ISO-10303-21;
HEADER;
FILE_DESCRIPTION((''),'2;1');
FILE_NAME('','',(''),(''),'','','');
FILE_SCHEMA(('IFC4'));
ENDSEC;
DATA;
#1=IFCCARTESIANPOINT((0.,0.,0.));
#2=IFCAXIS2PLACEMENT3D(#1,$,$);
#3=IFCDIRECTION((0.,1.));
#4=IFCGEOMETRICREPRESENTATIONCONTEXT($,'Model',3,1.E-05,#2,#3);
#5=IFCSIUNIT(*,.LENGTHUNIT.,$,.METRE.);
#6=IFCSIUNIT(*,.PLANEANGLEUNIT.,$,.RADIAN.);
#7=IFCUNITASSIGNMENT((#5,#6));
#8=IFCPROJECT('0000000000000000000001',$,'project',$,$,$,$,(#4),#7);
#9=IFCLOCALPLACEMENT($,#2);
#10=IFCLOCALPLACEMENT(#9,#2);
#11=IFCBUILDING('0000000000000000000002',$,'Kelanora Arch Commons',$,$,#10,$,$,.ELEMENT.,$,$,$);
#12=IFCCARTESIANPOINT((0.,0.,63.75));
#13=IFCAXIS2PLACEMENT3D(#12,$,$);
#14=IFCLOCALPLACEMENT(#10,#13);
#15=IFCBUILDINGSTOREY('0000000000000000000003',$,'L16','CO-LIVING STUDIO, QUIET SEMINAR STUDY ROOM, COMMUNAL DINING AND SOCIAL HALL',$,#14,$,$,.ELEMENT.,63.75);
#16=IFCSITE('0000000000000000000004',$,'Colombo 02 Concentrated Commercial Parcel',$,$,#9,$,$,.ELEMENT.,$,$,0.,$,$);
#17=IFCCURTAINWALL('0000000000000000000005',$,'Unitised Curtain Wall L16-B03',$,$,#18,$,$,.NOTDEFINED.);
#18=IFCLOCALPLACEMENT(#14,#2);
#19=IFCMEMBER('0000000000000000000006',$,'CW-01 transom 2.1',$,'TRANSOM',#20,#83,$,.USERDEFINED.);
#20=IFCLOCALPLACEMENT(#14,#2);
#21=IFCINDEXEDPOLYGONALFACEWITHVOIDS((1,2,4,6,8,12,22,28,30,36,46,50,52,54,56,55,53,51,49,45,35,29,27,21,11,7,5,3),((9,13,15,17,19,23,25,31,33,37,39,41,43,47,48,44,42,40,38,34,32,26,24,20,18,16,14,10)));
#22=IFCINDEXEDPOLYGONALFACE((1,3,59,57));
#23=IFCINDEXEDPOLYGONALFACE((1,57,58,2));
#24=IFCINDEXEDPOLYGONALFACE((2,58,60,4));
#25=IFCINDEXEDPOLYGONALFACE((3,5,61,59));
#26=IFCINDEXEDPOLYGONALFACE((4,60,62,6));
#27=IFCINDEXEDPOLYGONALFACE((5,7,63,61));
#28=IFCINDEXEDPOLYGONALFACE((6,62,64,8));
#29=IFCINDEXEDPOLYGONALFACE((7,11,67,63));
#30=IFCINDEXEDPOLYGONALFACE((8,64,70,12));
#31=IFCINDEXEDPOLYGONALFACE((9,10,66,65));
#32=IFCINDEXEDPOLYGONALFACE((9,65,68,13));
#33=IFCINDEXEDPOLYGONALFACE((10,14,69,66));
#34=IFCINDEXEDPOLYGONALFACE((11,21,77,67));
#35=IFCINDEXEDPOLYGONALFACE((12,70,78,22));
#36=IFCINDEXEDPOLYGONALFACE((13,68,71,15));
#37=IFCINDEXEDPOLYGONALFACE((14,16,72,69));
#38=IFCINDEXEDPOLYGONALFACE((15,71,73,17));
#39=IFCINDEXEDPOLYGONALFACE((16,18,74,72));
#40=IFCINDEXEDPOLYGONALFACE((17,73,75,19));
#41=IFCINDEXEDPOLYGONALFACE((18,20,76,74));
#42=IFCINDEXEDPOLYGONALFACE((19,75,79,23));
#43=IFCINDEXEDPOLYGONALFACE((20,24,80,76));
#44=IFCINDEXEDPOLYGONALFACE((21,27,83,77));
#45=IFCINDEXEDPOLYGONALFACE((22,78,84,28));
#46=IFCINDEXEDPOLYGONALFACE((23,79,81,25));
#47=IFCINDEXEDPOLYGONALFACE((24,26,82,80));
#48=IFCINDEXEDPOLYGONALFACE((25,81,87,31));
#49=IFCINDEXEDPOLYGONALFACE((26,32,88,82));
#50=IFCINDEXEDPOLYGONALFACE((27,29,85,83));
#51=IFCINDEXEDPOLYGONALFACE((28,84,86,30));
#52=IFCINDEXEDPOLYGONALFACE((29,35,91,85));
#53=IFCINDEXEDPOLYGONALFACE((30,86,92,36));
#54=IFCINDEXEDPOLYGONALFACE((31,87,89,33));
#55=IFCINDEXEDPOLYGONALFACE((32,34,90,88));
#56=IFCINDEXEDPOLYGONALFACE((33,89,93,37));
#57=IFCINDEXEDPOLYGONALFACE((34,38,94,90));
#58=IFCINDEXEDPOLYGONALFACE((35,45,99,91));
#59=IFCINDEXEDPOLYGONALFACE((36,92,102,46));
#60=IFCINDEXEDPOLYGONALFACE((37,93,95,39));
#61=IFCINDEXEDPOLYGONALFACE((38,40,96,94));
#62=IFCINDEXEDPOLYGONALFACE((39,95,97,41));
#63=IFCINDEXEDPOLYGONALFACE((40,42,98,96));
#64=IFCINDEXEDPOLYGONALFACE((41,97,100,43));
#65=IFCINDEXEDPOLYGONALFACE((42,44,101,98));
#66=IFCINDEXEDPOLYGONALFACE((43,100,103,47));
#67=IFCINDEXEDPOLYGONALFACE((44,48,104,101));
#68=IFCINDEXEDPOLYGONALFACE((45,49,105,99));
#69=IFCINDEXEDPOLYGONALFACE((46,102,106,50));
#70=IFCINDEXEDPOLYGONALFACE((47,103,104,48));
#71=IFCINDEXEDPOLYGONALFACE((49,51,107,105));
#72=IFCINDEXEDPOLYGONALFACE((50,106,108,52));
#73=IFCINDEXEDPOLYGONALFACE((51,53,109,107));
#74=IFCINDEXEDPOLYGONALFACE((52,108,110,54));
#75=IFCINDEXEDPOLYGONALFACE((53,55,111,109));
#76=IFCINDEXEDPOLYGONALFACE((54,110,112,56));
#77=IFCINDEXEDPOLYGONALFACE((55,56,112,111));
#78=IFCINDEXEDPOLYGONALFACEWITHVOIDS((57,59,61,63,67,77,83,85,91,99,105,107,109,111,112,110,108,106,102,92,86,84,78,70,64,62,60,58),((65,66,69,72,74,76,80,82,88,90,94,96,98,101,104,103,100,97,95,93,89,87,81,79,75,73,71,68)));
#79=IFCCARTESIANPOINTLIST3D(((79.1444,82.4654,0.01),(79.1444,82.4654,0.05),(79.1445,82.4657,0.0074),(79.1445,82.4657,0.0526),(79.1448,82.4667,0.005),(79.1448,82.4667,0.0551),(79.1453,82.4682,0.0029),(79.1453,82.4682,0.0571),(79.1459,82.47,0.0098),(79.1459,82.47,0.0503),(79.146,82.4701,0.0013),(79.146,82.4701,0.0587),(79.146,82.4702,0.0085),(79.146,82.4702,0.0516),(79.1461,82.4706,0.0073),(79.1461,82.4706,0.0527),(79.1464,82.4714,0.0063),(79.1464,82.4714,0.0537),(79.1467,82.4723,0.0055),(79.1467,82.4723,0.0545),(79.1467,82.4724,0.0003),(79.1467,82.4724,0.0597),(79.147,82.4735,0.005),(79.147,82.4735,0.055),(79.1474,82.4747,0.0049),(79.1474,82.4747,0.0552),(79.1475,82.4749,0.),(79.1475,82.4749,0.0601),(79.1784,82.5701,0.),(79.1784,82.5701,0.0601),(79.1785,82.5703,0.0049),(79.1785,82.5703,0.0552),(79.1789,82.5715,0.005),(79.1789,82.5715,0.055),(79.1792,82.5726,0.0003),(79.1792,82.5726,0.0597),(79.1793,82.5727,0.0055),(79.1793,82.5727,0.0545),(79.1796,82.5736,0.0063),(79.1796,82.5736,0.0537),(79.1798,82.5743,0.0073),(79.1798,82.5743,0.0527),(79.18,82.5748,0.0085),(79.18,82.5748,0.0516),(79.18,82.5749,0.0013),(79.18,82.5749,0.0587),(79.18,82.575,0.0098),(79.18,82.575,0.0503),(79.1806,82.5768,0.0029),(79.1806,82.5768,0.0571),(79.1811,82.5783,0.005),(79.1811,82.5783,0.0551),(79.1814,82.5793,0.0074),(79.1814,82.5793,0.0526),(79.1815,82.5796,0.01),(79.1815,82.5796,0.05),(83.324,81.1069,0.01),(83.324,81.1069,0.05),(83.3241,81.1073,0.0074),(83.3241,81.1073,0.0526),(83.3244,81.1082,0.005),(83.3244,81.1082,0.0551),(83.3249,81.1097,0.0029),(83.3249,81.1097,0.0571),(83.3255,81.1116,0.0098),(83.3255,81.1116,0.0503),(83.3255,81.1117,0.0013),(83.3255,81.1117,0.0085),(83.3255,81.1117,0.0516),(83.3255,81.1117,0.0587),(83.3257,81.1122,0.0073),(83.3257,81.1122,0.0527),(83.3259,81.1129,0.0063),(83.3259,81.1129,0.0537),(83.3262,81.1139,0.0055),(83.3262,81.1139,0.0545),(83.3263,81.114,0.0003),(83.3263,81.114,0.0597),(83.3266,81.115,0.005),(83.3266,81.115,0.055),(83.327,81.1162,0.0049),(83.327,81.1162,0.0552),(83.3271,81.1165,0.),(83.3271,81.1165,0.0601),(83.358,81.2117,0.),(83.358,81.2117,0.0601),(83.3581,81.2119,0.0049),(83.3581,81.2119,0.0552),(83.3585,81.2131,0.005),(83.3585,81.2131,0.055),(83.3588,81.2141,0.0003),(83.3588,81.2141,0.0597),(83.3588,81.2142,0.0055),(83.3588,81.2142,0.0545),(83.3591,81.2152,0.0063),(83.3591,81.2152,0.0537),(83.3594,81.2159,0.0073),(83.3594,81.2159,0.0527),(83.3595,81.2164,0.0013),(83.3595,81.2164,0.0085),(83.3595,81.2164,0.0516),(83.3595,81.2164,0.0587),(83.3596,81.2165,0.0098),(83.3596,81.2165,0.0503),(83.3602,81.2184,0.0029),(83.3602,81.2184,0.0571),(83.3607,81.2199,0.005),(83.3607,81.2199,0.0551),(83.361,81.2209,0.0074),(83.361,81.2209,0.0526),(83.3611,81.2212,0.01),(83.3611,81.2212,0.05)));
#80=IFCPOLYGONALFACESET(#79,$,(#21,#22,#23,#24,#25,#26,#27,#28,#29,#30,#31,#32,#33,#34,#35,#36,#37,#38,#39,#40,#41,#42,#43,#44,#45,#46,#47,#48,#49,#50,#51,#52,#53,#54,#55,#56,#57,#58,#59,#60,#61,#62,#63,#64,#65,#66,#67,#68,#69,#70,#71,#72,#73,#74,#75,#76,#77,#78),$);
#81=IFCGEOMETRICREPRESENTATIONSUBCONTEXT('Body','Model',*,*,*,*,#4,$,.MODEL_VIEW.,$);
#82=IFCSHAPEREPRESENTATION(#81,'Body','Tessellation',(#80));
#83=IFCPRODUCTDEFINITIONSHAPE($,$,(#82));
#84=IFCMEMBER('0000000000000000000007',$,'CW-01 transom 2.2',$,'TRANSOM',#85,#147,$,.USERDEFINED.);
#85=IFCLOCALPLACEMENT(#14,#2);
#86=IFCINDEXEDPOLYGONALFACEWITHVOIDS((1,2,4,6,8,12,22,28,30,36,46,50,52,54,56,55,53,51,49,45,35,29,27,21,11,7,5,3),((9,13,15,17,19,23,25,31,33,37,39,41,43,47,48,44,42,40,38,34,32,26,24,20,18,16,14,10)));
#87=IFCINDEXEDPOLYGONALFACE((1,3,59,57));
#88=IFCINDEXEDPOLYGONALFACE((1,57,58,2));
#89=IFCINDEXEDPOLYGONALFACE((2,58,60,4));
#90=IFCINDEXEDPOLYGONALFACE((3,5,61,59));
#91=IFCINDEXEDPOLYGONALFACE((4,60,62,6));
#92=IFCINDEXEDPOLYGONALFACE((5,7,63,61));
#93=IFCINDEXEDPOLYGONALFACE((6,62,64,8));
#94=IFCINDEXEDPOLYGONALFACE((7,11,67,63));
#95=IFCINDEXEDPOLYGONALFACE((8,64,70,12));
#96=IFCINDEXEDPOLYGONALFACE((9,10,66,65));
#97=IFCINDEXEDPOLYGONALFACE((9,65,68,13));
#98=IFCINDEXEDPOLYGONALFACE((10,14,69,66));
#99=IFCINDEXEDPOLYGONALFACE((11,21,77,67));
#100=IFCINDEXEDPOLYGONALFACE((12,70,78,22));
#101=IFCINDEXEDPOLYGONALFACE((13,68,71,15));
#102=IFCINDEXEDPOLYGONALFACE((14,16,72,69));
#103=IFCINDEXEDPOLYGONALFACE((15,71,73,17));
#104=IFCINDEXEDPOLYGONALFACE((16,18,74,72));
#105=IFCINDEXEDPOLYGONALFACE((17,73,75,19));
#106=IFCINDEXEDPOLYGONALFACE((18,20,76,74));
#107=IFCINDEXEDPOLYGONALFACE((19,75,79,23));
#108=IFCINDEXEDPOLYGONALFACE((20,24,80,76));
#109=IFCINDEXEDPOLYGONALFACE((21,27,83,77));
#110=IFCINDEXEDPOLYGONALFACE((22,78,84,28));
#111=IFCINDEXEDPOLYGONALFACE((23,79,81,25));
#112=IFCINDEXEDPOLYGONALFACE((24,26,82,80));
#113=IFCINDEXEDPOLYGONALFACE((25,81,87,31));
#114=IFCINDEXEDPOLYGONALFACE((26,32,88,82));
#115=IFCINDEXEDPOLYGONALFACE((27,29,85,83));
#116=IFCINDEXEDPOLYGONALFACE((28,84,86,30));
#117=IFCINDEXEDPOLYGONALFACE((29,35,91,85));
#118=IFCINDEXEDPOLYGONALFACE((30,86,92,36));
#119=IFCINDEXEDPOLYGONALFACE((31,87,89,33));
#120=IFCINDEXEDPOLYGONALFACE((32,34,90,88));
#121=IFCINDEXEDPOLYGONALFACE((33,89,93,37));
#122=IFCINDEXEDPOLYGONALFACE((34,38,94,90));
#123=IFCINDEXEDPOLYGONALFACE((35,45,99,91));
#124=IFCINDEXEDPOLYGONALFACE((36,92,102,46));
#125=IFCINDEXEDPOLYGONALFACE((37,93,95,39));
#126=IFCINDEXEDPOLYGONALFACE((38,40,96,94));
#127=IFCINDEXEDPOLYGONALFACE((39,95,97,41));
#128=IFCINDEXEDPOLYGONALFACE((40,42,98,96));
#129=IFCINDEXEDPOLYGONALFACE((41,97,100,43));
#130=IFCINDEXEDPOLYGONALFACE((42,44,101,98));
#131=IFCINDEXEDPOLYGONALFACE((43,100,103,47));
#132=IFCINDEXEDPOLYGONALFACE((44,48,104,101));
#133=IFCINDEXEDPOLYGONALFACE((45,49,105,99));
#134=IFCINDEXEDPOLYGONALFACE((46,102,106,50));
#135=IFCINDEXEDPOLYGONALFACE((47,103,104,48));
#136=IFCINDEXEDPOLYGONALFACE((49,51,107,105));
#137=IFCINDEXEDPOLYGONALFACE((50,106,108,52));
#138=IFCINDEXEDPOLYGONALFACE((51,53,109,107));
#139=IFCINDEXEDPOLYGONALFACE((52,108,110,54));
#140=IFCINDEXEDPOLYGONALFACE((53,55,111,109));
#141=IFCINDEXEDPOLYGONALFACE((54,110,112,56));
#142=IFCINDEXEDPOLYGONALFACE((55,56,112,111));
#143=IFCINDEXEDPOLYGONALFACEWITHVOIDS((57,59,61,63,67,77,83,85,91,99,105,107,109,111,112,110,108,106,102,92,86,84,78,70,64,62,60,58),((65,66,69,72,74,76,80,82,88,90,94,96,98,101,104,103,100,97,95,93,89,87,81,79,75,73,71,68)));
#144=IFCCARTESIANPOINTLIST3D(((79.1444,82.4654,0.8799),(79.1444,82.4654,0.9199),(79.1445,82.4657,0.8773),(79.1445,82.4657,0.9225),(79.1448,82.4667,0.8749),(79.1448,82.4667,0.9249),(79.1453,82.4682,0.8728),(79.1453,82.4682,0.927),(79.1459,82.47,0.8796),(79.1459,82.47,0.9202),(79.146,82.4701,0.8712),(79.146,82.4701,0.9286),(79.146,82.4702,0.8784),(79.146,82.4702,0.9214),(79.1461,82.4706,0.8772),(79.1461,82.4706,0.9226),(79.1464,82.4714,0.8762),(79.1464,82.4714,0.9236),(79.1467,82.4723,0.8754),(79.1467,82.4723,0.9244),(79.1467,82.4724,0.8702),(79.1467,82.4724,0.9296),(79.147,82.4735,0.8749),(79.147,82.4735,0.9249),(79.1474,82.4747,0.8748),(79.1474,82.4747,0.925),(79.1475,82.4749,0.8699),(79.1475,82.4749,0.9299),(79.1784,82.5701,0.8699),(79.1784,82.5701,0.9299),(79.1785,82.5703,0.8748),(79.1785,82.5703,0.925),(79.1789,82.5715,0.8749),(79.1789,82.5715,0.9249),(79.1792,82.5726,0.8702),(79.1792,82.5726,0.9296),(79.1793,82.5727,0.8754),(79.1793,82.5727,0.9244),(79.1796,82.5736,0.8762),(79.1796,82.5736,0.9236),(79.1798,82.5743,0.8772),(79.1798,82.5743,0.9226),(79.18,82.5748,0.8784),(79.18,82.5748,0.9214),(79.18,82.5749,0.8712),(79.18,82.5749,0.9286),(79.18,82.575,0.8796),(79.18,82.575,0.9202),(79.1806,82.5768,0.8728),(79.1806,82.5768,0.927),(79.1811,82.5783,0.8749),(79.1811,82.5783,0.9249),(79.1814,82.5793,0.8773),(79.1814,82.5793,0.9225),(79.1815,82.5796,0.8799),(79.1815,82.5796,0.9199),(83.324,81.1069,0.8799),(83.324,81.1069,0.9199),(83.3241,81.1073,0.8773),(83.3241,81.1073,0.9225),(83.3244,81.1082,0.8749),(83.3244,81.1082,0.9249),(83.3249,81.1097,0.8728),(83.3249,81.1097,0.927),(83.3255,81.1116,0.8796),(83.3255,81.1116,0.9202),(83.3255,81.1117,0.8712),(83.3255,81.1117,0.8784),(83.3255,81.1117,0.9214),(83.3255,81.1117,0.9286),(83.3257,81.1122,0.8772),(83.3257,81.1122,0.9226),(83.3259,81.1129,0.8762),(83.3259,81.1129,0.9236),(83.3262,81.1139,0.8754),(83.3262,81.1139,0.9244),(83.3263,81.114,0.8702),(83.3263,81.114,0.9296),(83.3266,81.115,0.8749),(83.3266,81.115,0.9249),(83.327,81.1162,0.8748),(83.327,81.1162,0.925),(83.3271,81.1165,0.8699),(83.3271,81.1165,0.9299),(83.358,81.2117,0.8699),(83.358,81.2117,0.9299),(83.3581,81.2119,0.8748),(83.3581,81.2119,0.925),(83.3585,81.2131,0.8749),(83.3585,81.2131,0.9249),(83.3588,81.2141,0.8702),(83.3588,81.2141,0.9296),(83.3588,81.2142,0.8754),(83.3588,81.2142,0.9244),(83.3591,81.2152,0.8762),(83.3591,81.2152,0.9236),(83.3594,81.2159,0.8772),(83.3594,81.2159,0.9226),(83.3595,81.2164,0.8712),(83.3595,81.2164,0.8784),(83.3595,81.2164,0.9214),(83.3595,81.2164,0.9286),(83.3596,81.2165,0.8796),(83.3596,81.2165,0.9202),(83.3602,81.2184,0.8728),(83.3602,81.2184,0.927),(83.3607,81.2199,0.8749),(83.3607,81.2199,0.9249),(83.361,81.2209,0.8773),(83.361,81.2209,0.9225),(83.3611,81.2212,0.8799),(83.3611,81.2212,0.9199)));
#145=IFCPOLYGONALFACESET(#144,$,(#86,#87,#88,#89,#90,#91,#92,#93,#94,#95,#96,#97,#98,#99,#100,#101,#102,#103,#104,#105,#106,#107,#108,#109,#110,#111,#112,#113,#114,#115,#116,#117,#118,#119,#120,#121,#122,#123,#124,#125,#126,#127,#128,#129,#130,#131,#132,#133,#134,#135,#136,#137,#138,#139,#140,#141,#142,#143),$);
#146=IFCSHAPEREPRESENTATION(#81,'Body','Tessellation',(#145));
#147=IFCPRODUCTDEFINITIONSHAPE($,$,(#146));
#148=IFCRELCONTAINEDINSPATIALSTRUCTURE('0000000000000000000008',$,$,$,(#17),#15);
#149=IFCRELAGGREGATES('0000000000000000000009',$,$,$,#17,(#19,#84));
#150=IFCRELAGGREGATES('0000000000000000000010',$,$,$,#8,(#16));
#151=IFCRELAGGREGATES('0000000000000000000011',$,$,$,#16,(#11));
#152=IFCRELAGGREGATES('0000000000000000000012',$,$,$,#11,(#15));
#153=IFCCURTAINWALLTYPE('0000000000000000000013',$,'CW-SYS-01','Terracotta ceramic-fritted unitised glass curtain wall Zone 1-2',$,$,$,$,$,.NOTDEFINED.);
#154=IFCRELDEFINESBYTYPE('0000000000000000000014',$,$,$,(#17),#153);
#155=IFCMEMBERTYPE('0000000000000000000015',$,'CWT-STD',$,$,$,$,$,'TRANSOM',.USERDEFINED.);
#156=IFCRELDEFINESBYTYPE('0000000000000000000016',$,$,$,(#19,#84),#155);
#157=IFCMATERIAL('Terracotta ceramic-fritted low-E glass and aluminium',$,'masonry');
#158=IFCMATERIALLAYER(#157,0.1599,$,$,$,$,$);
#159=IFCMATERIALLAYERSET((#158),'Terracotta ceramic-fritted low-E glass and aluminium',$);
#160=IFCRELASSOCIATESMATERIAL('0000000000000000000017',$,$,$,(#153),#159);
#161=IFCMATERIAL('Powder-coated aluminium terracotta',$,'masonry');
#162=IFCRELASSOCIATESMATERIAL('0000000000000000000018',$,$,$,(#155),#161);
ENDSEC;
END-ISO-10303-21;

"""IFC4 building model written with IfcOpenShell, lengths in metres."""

from ifc_helpers import new_model, si_unit, direction, frame, origin, origin_2d, place, context, subcontext, project, spatial, hollow_rectangle, extrude, material, layer, layer_set, material_profile, profile_set, type_object, element, aggregate, save


model = new_model("IFC4")

# Units and contexts
model_context = context("Model", 3, precision=1e-05, world=origin(), true_north=direction((0.0, 1.0)))
body_context = subcontext(model_context, "Body", "Model", "MODEL_VIEW")
ifc_project = project(units=[si_unit("LENGTHUNIT", "METRE"), si_unit("PLANEANGLEUNIT", "RADIAN")], contexts=[model_context])

# Site, building, storey
site_placement = place(None, origin())
site = spatial("IfcSite", under=ifc_project, at=site_placement, Name="Colombo 02 Concentrated Commercial Parcel", CompositionType="ELEMENT", RefElevation=0.0)
building_placement = place(site_placement, origin())
building = spatial("IfcBuilding", under=site, at=building_placement, Name="Kelanora Arch Commons", CompositionType="ELEMENT")
storey_placement = place(building_placement, frame((0.0, 0.0, 63.75)))
storey = spatial("IfcBuildingStorey", under=building, at=storey_placement, Name="L16", Description="CO-LIVING STUDIO, QUIET SEMINAR STUDY ROOM, COMMUNAL DINING AND SOCIAL HALL", CompositionType="ELEMENT", Elevation=63.75)

# Curtain wall, members
ifc_material_1 = material(Name="Terracotta ceramic-fritted low-E glass and aluminium", Category="masonry")
ifc_layer_1 = layer(ifc_material_1, 0.1599)
ifc_layer_set_1 = layer_set([ifc_layer_1], Name="Terracotta ceramic-fritted low-E glass and aluminium")
curtain_wall_type = type_object("IfcCurtainWallType", Name="CW-SYS-01", Description="Terracotta ceramic-fritted unitised glass curtain wall Zone 1-2", PredefinedType="NOTDEFINED", material=ifc_layer_set_1)
curtain_wall_placement = place(storey_placement, origin())
curtain_wall = element("IfcCurtainWall", 1, at=curtain_wall_placement, inside=storey, type_object=curtain_wall_type, Name="Unitised Curtain Wall L16-B03", PredefinedType="NOTDEFINED")
ifc_material_2 = material(Name="Powder-coated aluminium terracotta", Category="masonry")
ifc_material_profile_1 = material_profile(ifc_material_2, hollow_rectangle(XDim=0.1201, YDim=0.0601, WallThickness=0.0049, InnerFilletRadius=0.0049, OuterFilletRadius=0.01, at=origin_2d()), Name="CWT120x60")
ifc_profile_set_1 = profile_set([ifc_material_profile_1], Name="Powder-coated aluminium terracotta")
member_type_1 = type_object("IfcMemberType", Name="CWT-STD", ElementType="TRANSOM", PredefinedType="USERDEFINED", material=ifc_profile_set_1)
member_1_placement = place(storey_placement, frame((83.3425, 81.1641, 0.03), z_axis=(-0.951029, 0.309102, 0.0), x_axis=(-0.309102, -0.951029, 0.0)))
member_1 = element("IfcMember", 2, at=member_1_placement, type_object=member_type_1, Name="CW-01 transom 2.1", ObjectType="TRANSOM", PredefinedType="USERDEFINED", context=body_context, shape_type="SweptSolid", body=[
    extrude(hollow_rectangle(XDim=0.1201, YDim=0.0601, WallThickness=0.0049, InnerFilletRadius=0.0049, OuterFilletRadius=0.01, at=origin_2d()), origin(), (0.0, 0.0, 1.0), 4.3948),
])
member_2_placement = place(storey_placement, frame((83.3425, 81.1641, 0.8999), z_axis=(-0.951029, 0.309102, 0.0), x_axis=(-0.309102, -0.951029, 0.0)))
member_2 = element("IfcMember", 3, at=member_2_placement, type_object=member_type_1, Name="CW-01 transom 2.2", ObjectType="TRANSOM", PredefinedType="USERDEFINED", context=body_context, shape_type="SweptSolid", body=[
    extrude(hollow_rectangle(XDim=0.1201, YDim=0.0601, WallThickness=0.0049, InnerFilletRadius=0.0049, OuterFilletRadius=0.01, at=origin_2d()), origin(), (0.0, 0.0, 1.0), 4.3948),
])
aggregate(curtain_wall, [member_1, member_2])

save(model, "model.ifc")
